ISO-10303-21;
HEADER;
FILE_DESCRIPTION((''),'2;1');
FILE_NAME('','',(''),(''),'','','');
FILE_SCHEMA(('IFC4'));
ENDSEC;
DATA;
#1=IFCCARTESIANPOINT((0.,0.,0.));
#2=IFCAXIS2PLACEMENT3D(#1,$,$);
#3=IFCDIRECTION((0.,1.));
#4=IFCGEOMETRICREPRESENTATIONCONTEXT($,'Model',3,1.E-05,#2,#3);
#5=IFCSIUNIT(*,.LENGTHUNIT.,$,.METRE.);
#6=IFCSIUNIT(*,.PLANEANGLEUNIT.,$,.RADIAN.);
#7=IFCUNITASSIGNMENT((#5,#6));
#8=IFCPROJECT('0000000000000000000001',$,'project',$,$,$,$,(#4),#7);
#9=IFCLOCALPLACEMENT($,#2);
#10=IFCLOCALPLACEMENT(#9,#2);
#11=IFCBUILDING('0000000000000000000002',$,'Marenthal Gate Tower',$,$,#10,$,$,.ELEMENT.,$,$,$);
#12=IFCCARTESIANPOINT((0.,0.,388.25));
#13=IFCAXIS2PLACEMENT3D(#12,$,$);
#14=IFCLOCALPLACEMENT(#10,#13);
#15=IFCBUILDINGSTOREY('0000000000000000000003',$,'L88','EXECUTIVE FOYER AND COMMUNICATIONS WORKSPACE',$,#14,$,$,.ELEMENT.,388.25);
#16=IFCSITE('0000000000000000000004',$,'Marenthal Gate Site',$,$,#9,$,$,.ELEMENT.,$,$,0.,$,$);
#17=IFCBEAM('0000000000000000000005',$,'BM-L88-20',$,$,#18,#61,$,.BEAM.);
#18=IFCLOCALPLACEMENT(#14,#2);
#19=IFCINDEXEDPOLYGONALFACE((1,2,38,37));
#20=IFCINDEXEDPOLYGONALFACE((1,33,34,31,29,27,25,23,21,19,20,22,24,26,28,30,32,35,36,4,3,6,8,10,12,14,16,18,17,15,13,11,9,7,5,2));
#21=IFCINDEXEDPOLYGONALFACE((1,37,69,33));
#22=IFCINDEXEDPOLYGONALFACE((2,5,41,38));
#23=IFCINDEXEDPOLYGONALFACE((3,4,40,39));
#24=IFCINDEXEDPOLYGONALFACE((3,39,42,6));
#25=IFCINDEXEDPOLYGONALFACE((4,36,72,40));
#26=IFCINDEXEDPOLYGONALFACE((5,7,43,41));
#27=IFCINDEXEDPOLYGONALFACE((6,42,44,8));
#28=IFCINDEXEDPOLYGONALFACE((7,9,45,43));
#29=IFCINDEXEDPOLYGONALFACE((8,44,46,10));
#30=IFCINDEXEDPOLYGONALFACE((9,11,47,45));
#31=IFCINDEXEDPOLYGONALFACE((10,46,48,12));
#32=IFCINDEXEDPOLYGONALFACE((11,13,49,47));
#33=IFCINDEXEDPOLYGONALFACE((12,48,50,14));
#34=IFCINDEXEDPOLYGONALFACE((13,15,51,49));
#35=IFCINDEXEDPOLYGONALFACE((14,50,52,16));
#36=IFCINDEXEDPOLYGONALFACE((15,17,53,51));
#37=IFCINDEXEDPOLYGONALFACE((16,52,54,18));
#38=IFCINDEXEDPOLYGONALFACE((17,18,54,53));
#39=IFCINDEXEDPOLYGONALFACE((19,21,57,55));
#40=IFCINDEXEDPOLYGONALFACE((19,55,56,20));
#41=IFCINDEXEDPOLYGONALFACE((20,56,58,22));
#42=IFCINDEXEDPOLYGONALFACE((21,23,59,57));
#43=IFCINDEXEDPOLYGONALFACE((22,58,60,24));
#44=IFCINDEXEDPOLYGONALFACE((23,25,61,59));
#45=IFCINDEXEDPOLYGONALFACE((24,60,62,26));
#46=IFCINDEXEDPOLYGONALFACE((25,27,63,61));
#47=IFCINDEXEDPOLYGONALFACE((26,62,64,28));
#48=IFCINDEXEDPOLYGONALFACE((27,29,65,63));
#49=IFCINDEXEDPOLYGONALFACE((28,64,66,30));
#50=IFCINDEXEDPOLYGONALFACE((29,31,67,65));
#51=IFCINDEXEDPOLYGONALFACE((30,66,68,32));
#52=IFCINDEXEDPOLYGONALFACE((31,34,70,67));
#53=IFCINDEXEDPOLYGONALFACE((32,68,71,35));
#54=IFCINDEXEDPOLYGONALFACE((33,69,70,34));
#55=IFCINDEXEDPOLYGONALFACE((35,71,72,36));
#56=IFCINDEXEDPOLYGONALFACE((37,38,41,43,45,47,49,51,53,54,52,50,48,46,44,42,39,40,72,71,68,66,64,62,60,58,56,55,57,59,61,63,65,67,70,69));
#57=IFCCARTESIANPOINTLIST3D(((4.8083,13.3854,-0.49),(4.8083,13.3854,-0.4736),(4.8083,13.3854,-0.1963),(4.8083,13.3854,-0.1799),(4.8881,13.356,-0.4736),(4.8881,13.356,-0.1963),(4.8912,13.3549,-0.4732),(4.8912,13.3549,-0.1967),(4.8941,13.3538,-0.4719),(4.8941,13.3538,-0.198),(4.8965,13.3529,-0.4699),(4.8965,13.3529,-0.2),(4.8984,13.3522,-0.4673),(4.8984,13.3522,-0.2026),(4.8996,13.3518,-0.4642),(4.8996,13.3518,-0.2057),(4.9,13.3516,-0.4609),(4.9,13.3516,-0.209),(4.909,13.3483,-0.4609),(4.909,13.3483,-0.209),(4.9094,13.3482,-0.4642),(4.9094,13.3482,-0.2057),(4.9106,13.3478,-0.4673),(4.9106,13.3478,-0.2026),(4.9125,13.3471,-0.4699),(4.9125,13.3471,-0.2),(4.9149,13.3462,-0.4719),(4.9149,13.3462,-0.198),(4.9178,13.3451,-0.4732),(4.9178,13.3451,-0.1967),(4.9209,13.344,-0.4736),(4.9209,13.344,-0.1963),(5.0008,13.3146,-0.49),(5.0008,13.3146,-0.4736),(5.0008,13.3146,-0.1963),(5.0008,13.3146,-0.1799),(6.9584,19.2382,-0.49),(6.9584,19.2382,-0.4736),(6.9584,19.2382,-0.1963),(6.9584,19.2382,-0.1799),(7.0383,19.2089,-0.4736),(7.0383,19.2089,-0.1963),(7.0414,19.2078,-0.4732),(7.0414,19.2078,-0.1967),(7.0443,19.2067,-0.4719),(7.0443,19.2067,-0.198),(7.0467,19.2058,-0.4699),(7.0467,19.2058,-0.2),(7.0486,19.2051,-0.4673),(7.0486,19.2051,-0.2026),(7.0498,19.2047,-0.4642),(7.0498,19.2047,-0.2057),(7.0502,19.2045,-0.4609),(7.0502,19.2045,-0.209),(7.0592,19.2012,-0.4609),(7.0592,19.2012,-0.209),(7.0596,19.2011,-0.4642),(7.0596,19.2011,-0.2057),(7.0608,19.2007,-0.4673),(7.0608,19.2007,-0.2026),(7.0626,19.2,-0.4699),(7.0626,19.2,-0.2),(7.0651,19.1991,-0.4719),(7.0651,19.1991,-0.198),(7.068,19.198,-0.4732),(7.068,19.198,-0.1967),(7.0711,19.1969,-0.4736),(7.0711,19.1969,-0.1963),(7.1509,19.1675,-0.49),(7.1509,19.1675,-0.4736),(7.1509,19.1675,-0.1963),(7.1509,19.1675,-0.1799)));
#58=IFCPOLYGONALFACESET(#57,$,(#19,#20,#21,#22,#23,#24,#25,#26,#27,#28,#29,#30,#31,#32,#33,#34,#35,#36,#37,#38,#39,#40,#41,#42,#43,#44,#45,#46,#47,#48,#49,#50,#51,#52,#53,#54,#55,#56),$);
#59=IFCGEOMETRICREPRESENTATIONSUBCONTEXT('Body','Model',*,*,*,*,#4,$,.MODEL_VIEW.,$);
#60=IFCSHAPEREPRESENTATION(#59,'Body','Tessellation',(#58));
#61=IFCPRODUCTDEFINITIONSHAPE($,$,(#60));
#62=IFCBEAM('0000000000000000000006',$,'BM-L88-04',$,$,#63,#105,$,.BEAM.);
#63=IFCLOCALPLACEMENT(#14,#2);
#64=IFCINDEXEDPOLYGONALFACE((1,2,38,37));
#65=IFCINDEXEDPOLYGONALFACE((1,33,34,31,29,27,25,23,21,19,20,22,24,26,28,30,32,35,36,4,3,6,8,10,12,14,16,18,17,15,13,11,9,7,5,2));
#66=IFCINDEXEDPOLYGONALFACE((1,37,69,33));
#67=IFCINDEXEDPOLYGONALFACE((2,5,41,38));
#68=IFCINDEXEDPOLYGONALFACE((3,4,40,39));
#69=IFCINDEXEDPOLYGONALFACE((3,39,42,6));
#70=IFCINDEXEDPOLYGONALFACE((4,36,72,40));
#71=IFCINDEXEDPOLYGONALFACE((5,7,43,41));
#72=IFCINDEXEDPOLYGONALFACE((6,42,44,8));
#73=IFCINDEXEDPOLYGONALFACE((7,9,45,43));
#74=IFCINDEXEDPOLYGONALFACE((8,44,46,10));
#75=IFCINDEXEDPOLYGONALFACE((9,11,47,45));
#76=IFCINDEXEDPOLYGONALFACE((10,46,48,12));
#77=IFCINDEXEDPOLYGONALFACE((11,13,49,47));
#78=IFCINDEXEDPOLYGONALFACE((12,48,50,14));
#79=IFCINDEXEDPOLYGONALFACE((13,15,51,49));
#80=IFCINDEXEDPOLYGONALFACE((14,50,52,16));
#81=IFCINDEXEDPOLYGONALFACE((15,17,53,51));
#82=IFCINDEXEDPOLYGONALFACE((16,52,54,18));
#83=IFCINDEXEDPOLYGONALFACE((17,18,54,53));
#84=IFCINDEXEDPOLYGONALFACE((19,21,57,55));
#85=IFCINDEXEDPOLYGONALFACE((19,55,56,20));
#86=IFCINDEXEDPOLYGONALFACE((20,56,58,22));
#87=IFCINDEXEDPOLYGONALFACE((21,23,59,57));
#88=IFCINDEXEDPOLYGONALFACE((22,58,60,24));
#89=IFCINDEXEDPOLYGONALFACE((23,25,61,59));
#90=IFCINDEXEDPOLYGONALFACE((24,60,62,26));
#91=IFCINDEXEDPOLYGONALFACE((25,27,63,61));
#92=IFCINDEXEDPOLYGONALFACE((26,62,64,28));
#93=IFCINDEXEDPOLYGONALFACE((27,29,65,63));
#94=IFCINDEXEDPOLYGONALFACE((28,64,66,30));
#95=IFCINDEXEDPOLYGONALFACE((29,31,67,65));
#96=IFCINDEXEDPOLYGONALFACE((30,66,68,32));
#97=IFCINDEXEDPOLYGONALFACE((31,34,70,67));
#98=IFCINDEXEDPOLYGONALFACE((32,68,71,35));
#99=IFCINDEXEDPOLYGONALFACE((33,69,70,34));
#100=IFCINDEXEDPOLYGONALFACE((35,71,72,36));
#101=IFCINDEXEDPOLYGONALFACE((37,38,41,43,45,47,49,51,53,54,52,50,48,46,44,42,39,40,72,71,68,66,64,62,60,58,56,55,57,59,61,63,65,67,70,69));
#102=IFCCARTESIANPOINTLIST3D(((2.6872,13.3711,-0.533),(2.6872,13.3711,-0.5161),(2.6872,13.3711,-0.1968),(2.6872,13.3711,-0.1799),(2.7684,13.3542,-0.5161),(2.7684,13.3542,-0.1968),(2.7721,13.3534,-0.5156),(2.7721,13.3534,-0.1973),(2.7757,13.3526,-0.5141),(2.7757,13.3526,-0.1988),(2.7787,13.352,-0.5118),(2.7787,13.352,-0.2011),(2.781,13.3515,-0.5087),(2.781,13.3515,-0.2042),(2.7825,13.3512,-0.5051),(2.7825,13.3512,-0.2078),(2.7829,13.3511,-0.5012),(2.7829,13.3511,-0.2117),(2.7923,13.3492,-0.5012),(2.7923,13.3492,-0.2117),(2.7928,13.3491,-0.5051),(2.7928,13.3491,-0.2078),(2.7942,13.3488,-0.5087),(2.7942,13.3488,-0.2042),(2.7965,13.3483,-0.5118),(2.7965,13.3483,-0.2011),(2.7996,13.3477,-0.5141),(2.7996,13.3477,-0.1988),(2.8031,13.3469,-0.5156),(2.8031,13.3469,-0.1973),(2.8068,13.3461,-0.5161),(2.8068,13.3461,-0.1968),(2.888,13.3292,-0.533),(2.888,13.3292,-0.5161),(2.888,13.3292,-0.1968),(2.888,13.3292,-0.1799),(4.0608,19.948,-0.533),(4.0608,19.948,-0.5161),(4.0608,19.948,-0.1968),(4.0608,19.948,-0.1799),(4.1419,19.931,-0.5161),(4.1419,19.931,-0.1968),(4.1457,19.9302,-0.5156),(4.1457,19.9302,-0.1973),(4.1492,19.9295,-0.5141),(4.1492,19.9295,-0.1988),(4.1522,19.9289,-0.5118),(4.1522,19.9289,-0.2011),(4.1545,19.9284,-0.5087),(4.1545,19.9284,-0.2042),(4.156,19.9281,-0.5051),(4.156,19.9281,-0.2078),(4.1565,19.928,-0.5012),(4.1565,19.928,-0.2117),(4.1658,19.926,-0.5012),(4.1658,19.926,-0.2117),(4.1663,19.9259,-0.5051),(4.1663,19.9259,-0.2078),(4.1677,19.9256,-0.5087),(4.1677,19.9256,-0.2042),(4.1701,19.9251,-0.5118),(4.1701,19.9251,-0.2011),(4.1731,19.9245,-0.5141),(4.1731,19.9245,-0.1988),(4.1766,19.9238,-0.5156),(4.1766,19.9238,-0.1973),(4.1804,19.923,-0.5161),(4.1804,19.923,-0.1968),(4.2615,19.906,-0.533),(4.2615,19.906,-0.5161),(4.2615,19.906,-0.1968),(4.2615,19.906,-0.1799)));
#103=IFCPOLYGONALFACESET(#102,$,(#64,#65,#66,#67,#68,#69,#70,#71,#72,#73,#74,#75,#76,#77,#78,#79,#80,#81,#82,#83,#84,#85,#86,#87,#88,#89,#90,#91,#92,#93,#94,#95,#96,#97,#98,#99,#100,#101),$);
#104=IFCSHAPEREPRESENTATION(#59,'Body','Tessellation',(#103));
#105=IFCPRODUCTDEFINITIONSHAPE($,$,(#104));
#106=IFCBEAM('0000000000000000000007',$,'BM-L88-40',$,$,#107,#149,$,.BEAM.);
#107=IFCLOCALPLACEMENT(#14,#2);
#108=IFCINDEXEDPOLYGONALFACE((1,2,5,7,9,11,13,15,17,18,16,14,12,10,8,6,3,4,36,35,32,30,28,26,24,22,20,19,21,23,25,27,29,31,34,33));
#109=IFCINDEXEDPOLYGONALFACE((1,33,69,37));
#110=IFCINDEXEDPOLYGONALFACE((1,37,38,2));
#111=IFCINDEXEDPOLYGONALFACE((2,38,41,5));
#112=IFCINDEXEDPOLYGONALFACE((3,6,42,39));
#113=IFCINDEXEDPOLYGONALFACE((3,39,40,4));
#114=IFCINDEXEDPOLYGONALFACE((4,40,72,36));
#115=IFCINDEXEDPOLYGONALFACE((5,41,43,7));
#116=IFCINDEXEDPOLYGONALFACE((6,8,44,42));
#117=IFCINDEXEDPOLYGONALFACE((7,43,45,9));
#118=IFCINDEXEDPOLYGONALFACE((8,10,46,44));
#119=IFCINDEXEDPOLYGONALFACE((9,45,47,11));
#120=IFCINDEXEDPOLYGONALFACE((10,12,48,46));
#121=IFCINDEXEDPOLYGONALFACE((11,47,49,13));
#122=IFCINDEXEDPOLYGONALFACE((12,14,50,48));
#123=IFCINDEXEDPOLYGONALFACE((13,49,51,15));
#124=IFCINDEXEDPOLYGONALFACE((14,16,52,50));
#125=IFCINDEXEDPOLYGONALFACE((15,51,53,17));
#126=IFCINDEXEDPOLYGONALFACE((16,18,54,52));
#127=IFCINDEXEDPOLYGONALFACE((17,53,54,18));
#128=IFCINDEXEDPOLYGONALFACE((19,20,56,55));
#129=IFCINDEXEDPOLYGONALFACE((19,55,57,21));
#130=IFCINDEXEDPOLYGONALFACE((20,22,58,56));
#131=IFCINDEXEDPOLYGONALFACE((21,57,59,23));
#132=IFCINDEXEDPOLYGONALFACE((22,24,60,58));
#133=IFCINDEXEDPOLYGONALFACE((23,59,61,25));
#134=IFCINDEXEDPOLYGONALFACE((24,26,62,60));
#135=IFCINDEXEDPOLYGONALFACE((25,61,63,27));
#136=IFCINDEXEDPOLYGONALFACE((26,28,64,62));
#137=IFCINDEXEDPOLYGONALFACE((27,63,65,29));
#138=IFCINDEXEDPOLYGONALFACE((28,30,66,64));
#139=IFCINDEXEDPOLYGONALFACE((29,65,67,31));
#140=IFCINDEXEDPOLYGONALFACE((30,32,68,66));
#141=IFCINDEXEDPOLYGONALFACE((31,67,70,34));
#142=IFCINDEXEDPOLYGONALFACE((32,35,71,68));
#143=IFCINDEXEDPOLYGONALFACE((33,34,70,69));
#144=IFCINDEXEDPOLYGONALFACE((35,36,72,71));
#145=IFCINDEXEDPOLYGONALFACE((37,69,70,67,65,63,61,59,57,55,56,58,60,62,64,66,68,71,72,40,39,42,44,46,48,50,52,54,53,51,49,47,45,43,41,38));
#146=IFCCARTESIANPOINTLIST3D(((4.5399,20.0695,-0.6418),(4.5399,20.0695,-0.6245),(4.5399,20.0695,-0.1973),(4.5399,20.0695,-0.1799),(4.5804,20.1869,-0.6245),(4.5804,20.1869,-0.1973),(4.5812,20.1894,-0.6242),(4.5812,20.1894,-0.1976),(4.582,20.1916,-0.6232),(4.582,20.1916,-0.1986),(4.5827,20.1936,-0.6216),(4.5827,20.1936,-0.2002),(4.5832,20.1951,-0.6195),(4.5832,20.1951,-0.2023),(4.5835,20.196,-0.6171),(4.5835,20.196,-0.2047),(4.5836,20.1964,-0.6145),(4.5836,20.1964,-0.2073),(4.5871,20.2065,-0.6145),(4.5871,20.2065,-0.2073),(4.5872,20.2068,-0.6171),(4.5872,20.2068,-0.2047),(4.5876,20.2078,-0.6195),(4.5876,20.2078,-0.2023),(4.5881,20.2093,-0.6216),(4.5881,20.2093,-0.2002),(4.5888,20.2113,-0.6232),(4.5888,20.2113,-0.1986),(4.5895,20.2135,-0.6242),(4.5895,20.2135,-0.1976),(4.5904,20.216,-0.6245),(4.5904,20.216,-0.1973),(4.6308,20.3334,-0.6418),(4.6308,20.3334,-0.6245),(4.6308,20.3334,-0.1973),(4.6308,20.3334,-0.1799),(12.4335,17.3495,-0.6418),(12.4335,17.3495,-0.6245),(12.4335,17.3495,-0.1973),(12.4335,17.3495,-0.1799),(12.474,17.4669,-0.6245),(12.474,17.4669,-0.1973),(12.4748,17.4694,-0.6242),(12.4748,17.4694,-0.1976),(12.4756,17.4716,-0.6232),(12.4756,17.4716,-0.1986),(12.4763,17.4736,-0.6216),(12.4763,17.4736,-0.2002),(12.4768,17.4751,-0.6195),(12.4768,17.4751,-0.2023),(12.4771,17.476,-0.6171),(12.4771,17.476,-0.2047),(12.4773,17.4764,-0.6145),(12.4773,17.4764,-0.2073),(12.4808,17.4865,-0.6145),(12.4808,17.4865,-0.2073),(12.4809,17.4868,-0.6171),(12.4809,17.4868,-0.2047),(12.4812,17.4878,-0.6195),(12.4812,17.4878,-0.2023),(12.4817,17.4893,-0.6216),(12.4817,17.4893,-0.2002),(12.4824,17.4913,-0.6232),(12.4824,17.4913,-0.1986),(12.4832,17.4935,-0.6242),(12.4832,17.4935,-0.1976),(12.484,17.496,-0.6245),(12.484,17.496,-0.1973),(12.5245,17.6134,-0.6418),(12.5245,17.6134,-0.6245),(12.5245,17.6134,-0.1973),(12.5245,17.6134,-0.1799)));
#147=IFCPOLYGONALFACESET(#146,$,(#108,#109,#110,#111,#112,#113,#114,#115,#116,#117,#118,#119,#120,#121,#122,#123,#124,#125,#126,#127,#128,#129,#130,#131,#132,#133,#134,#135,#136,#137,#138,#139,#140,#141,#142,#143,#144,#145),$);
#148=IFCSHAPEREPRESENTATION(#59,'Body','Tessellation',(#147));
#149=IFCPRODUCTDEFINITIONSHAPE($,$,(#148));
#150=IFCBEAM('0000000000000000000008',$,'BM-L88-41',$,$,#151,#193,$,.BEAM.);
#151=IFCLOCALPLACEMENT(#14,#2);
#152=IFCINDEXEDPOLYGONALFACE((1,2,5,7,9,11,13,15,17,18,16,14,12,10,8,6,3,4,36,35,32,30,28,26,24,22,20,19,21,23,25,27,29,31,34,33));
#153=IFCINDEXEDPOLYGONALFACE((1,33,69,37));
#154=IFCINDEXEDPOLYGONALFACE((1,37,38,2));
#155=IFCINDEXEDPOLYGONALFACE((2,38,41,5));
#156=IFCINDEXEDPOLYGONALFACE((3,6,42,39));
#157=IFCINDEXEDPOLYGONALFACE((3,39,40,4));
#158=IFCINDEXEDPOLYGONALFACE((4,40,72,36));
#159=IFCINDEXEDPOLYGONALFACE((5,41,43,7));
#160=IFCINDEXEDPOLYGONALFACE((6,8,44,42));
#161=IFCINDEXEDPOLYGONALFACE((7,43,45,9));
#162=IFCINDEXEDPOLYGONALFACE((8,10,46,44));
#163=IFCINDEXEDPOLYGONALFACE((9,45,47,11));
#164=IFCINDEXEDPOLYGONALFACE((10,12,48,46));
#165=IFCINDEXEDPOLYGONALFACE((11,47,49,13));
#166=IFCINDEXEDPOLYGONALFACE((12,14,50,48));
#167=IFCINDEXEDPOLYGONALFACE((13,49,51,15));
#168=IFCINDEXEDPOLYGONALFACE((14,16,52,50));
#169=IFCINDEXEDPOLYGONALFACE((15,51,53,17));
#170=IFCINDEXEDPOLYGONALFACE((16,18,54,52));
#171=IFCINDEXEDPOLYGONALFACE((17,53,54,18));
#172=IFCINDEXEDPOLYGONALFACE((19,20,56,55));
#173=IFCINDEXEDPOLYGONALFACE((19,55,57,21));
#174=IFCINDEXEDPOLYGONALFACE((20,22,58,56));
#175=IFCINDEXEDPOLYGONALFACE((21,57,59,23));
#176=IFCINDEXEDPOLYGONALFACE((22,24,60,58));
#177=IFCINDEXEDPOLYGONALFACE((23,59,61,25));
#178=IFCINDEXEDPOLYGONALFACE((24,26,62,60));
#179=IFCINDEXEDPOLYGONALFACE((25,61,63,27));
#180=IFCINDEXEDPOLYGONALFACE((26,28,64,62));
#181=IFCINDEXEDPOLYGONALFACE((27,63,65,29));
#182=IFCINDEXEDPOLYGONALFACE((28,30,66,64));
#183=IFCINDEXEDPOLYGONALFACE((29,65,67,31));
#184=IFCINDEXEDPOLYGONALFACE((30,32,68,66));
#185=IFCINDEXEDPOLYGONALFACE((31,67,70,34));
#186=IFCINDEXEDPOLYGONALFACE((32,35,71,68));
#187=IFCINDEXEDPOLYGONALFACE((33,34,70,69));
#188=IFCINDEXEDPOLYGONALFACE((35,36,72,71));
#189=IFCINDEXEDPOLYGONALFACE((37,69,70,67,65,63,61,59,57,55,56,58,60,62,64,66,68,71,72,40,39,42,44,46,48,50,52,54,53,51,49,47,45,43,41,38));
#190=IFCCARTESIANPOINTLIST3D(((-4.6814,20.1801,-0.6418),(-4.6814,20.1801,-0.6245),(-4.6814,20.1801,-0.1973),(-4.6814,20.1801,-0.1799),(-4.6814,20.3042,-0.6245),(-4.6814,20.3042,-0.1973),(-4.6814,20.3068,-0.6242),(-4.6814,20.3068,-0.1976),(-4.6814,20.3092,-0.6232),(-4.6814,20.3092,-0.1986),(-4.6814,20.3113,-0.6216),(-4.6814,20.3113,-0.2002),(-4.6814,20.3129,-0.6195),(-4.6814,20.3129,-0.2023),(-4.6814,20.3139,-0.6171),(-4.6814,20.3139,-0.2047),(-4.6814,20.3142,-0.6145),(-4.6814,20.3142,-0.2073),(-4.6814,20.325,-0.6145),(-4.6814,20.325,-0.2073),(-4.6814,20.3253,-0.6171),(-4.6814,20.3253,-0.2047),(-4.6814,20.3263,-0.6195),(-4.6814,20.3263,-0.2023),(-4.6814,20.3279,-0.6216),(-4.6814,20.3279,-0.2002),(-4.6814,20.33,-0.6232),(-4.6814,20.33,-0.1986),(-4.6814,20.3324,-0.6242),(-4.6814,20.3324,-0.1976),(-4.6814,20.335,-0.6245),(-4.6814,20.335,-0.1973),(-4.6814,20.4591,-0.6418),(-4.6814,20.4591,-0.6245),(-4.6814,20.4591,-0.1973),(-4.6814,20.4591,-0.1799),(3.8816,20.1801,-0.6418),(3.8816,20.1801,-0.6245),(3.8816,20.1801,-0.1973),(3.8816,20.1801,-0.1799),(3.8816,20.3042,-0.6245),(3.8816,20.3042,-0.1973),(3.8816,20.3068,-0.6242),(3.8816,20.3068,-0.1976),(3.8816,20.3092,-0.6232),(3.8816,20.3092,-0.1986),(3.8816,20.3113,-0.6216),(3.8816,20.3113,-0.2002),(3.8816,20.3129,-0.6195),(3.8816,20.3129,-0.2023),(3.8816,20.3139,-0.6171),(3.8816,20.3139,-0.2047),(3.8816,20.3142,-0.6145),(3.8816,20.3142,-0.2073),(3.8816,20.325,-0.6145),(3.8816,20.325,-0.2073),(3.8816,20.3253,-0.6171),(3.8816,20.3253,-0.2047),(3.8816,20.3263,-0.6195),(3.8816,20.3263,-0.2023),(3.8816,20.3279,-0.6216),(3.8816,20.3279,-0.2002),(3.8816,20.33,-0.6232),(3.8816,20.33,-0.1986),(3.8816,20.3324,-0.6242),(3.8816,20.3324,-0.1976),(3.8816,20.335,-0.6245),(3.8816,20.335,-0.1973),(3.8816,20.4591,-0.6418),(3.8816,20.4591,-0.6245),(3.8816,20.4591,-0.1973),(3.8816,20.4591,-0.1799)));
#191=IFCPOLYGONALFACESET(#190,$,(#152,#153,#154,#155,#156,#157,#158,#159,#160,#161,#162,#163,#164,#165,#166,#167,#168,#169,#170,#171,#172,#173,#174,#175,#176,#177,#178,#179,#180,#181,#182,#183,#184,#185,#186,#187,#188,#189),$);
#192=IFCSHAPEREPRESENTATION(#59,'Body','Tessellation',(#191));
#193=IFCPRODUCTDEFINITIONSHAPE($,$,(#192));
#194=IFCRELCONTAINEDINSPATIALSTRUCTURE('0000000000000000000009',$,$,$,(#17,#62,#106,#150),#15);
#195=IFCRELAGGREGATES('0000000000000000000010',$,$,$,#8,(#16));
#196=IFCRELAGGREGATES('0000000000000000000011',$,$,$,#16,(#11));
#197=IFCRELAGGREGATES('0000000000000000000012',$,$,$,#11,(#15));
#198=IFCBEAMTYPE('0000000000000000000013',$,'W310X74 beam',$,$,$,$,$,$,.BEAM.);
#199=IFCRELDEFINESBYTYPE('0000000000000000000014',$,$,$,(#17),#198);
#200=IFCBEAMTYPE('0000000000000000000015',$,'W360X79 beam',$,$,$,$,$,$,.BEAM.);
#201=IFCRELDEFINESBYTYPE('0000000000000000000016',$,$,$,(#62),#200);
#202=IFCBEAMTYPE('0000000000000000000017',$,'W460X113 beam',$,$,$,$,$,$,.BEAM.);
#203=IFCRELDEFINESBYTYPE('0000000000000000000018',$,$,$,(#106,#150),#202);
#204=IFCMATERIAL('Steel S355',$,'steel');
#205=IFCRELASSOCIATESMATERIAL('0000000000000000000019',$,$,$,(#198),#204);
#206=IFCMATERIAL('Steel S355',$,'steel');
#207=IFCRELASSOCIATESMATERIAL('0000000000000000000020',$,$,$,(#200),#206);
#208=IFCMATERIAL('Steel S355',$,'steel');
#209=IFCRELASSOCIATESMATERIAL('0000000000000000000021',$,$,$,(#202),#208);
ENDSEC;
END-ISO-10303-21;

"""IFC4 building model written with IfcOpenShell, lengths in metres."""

from ifc_helpers import new_model, si_unit, direction, frame, origin, origin_2d, place, context, subcontext, project, spatial, i_section, extrude, material, material_profile, profile_set, type_object, element, save


model = new_model("IFC4")

# Units and contexts
model_context = context("Model", 3, precision=1e-05, world=origin(), true_north=direction((0.0, 1.0)))
body_context = subcontext(model_context, "Body", "Model", "MODEL_VIEW")
ifc_project = project(units=[si_unit("LENGTHUNIT", "METRE"), si_unit("PLANEANGLEUNIT", "RADIAN")], contexts=[model_context])

# Site, building, storey
site_placement = place(None, origin())
site = spatial("IfcSite", under=ifc_project, at=site_placement, Name="Marenthal Gate Site", CompositionType="ELEMENT", RefElevation=0.0)
building_placement = place(site_placement, origin())
building = spatial("IfcBuilding", under=site, at=building_placement, Name="Marenthal Gate Tower", CompositionType="ELEMENT")
storey_placement = place(building_placement, frame((0.0, 0.0, 388.25)))
storey = spatial("IfcBuildingStorey", under=building, at=storey_placement, Name="L88", Description="EXECUTIVE FOYER AND COMMUNICATIONS WORKSPACE", CompositionType="ELEMENT", Elevation=388.25)

# Beams
ifc_material_1 = material(Name="Steel S355", Category="steel")
ifc_material_profile_1 = material_profile(ifc_material_1, i_section(OverallWidth=0.2051, OverallDepth=0.3101, WebThickness=0.0095, FlangeThickness=0.0164, FilletRadius=0.0127, at=origin_2d()), Name="W310X74")
ifc_profile_set_1 = profile_set([ifc_material_profile_1], Name="Steel S355")
beam_type_1 = type_object("IfcBeamType", Name="W310X74 beam", PredefinedType="BEAM", material=ifc_profile_set_1)
beam_1_placement = place(storey_placement, frame((7.0547, 19.2029, -0.335), z_axis=(-0.344838, -0.938662, 0.0), x_axis=(0.938662, -0.344838, 0.0)))
element("IfcBeam", 1, at=beam_1_placement, inside=storey, type_object=beam_type_1, Name="BM-L88-20", PredefinedType="BEAM", context=body_context, shape_type="SweptSolid", body=[
    extrude(i_section(OverallWidth=0.2051, OverallDepth=0.3101, WebThickness=0.0095, FlangeThickness=0.0164, FilletRadius=0.0127, at=origin_2d()), origin(), (0.0, 0.0, 1.0), 6.2354),
])
ifc_material_2 = material(Name="Steel S355", Category="steel")
ifc_material_profile_2 = material_profile(ifc_material_2, i_section(OverallWidth=0.2051, OverallDepth=0.353, WebThickness=0.0095, FlangeThickness=0.0168, FilletRadius=0.0149, at=origin_2d()), Name="W360X79")
ifc_profile_set_2 = profile_set([ifc_material_profile_2], Name="Steel S355")
beam_type_2 = type_object("IfcBeamType", Name="W360X79 beam", PredefinedType="BEAM", material=ifc_profile_set_2)
beam_2_placement = place(storey_placement, frame((4.1611, 19.927, -0.3564), z_axis=(-0.204432, -0.978881, 0.0), x_axis=(0.978881, -0.204432, 0.0)))
element("IfcBeam", 2, at=beam_2_placement, inside=storey, type_object=beam_type_2, Name="BM-L88-04", PredefinedType="BEAM", context=body_context, shape_type="SweptSolid", body=[
    extrude(i_section(OverallWidth=0.2051, OverallDepth=0.353, WebThickness=0.0095, FlangeThickness=0.0168, FilletRadius=0.0149, at=origin_2d()), origin(), (0.0, 0.0, 1.0), 6.7188),
])
ifc_material_3 = material(Name="Steel S355", Category="steel")
ifc_material_profile_3 = material_profile(ifc_material_3, i_section(OverallWidth=0.2791, OverallDepth=0.4619, WebThickness=0.0107, FlangeThickness=0.0173, FilletRadius=0.01, at=origin_2d()), Name="W460X113")
ifc_profile_set_3 = profile_set([ifc_material_profile_3], Name="Steel S355")
beam_type_3 = type_object("IfcBeamType", Name="W460X113 beam", PredefinedType="BEAM", material=ifc_profile_set_3)
beam_3_placement = place(storey_placement, frame((12.479, 17.4814, -0.4109), z_axis=(-0.945445, 0.325783, 0.0), x_axis=(-0.325783, -0.945445, 0.0)))
element("IfcBeam", 3, at=beam_3_placement, inside=storey, type_object=beam_type_3, Name="BM-L88-40", PredefinedType="BEAM", context=body_context, shape_type="SweptSolid", body=[
    extrude(i_section(OverallWidth=0.2791, OverallDepth=0.4619, WebThickness=0.0107, FlangeThickness=0.0173, FilletRadius=0.01, at=origin_2d()), origin(), (0.0, 0.0, 1.0), 8.3491),
])
beam_4_placement = place(storey_placement, frame((3.8816, 20.3196, -0.4109), z_axis=(-1.0, 0.0, 0.0), x_axis=(0.0, -1.0, 0.0)))
element("IfcBeam", 4, at=beam_4_placement, inside=storey, type_object=beam_type_3, Name="BM-L88-41", PredefinedType="BEAM", context=body_context, shape_type="SweptSolid", body=[
    extrude(i_section(OverallWidth=0.2791, OverallDepth=0.4619, WebThickness=0.0107, FlangeThickness=0.0173, FilletRadius=0.01, at=origin_2d()), origin(), (0.0, 0.0, 1.0), 8.563),
])

save(model, "model.ifc")
